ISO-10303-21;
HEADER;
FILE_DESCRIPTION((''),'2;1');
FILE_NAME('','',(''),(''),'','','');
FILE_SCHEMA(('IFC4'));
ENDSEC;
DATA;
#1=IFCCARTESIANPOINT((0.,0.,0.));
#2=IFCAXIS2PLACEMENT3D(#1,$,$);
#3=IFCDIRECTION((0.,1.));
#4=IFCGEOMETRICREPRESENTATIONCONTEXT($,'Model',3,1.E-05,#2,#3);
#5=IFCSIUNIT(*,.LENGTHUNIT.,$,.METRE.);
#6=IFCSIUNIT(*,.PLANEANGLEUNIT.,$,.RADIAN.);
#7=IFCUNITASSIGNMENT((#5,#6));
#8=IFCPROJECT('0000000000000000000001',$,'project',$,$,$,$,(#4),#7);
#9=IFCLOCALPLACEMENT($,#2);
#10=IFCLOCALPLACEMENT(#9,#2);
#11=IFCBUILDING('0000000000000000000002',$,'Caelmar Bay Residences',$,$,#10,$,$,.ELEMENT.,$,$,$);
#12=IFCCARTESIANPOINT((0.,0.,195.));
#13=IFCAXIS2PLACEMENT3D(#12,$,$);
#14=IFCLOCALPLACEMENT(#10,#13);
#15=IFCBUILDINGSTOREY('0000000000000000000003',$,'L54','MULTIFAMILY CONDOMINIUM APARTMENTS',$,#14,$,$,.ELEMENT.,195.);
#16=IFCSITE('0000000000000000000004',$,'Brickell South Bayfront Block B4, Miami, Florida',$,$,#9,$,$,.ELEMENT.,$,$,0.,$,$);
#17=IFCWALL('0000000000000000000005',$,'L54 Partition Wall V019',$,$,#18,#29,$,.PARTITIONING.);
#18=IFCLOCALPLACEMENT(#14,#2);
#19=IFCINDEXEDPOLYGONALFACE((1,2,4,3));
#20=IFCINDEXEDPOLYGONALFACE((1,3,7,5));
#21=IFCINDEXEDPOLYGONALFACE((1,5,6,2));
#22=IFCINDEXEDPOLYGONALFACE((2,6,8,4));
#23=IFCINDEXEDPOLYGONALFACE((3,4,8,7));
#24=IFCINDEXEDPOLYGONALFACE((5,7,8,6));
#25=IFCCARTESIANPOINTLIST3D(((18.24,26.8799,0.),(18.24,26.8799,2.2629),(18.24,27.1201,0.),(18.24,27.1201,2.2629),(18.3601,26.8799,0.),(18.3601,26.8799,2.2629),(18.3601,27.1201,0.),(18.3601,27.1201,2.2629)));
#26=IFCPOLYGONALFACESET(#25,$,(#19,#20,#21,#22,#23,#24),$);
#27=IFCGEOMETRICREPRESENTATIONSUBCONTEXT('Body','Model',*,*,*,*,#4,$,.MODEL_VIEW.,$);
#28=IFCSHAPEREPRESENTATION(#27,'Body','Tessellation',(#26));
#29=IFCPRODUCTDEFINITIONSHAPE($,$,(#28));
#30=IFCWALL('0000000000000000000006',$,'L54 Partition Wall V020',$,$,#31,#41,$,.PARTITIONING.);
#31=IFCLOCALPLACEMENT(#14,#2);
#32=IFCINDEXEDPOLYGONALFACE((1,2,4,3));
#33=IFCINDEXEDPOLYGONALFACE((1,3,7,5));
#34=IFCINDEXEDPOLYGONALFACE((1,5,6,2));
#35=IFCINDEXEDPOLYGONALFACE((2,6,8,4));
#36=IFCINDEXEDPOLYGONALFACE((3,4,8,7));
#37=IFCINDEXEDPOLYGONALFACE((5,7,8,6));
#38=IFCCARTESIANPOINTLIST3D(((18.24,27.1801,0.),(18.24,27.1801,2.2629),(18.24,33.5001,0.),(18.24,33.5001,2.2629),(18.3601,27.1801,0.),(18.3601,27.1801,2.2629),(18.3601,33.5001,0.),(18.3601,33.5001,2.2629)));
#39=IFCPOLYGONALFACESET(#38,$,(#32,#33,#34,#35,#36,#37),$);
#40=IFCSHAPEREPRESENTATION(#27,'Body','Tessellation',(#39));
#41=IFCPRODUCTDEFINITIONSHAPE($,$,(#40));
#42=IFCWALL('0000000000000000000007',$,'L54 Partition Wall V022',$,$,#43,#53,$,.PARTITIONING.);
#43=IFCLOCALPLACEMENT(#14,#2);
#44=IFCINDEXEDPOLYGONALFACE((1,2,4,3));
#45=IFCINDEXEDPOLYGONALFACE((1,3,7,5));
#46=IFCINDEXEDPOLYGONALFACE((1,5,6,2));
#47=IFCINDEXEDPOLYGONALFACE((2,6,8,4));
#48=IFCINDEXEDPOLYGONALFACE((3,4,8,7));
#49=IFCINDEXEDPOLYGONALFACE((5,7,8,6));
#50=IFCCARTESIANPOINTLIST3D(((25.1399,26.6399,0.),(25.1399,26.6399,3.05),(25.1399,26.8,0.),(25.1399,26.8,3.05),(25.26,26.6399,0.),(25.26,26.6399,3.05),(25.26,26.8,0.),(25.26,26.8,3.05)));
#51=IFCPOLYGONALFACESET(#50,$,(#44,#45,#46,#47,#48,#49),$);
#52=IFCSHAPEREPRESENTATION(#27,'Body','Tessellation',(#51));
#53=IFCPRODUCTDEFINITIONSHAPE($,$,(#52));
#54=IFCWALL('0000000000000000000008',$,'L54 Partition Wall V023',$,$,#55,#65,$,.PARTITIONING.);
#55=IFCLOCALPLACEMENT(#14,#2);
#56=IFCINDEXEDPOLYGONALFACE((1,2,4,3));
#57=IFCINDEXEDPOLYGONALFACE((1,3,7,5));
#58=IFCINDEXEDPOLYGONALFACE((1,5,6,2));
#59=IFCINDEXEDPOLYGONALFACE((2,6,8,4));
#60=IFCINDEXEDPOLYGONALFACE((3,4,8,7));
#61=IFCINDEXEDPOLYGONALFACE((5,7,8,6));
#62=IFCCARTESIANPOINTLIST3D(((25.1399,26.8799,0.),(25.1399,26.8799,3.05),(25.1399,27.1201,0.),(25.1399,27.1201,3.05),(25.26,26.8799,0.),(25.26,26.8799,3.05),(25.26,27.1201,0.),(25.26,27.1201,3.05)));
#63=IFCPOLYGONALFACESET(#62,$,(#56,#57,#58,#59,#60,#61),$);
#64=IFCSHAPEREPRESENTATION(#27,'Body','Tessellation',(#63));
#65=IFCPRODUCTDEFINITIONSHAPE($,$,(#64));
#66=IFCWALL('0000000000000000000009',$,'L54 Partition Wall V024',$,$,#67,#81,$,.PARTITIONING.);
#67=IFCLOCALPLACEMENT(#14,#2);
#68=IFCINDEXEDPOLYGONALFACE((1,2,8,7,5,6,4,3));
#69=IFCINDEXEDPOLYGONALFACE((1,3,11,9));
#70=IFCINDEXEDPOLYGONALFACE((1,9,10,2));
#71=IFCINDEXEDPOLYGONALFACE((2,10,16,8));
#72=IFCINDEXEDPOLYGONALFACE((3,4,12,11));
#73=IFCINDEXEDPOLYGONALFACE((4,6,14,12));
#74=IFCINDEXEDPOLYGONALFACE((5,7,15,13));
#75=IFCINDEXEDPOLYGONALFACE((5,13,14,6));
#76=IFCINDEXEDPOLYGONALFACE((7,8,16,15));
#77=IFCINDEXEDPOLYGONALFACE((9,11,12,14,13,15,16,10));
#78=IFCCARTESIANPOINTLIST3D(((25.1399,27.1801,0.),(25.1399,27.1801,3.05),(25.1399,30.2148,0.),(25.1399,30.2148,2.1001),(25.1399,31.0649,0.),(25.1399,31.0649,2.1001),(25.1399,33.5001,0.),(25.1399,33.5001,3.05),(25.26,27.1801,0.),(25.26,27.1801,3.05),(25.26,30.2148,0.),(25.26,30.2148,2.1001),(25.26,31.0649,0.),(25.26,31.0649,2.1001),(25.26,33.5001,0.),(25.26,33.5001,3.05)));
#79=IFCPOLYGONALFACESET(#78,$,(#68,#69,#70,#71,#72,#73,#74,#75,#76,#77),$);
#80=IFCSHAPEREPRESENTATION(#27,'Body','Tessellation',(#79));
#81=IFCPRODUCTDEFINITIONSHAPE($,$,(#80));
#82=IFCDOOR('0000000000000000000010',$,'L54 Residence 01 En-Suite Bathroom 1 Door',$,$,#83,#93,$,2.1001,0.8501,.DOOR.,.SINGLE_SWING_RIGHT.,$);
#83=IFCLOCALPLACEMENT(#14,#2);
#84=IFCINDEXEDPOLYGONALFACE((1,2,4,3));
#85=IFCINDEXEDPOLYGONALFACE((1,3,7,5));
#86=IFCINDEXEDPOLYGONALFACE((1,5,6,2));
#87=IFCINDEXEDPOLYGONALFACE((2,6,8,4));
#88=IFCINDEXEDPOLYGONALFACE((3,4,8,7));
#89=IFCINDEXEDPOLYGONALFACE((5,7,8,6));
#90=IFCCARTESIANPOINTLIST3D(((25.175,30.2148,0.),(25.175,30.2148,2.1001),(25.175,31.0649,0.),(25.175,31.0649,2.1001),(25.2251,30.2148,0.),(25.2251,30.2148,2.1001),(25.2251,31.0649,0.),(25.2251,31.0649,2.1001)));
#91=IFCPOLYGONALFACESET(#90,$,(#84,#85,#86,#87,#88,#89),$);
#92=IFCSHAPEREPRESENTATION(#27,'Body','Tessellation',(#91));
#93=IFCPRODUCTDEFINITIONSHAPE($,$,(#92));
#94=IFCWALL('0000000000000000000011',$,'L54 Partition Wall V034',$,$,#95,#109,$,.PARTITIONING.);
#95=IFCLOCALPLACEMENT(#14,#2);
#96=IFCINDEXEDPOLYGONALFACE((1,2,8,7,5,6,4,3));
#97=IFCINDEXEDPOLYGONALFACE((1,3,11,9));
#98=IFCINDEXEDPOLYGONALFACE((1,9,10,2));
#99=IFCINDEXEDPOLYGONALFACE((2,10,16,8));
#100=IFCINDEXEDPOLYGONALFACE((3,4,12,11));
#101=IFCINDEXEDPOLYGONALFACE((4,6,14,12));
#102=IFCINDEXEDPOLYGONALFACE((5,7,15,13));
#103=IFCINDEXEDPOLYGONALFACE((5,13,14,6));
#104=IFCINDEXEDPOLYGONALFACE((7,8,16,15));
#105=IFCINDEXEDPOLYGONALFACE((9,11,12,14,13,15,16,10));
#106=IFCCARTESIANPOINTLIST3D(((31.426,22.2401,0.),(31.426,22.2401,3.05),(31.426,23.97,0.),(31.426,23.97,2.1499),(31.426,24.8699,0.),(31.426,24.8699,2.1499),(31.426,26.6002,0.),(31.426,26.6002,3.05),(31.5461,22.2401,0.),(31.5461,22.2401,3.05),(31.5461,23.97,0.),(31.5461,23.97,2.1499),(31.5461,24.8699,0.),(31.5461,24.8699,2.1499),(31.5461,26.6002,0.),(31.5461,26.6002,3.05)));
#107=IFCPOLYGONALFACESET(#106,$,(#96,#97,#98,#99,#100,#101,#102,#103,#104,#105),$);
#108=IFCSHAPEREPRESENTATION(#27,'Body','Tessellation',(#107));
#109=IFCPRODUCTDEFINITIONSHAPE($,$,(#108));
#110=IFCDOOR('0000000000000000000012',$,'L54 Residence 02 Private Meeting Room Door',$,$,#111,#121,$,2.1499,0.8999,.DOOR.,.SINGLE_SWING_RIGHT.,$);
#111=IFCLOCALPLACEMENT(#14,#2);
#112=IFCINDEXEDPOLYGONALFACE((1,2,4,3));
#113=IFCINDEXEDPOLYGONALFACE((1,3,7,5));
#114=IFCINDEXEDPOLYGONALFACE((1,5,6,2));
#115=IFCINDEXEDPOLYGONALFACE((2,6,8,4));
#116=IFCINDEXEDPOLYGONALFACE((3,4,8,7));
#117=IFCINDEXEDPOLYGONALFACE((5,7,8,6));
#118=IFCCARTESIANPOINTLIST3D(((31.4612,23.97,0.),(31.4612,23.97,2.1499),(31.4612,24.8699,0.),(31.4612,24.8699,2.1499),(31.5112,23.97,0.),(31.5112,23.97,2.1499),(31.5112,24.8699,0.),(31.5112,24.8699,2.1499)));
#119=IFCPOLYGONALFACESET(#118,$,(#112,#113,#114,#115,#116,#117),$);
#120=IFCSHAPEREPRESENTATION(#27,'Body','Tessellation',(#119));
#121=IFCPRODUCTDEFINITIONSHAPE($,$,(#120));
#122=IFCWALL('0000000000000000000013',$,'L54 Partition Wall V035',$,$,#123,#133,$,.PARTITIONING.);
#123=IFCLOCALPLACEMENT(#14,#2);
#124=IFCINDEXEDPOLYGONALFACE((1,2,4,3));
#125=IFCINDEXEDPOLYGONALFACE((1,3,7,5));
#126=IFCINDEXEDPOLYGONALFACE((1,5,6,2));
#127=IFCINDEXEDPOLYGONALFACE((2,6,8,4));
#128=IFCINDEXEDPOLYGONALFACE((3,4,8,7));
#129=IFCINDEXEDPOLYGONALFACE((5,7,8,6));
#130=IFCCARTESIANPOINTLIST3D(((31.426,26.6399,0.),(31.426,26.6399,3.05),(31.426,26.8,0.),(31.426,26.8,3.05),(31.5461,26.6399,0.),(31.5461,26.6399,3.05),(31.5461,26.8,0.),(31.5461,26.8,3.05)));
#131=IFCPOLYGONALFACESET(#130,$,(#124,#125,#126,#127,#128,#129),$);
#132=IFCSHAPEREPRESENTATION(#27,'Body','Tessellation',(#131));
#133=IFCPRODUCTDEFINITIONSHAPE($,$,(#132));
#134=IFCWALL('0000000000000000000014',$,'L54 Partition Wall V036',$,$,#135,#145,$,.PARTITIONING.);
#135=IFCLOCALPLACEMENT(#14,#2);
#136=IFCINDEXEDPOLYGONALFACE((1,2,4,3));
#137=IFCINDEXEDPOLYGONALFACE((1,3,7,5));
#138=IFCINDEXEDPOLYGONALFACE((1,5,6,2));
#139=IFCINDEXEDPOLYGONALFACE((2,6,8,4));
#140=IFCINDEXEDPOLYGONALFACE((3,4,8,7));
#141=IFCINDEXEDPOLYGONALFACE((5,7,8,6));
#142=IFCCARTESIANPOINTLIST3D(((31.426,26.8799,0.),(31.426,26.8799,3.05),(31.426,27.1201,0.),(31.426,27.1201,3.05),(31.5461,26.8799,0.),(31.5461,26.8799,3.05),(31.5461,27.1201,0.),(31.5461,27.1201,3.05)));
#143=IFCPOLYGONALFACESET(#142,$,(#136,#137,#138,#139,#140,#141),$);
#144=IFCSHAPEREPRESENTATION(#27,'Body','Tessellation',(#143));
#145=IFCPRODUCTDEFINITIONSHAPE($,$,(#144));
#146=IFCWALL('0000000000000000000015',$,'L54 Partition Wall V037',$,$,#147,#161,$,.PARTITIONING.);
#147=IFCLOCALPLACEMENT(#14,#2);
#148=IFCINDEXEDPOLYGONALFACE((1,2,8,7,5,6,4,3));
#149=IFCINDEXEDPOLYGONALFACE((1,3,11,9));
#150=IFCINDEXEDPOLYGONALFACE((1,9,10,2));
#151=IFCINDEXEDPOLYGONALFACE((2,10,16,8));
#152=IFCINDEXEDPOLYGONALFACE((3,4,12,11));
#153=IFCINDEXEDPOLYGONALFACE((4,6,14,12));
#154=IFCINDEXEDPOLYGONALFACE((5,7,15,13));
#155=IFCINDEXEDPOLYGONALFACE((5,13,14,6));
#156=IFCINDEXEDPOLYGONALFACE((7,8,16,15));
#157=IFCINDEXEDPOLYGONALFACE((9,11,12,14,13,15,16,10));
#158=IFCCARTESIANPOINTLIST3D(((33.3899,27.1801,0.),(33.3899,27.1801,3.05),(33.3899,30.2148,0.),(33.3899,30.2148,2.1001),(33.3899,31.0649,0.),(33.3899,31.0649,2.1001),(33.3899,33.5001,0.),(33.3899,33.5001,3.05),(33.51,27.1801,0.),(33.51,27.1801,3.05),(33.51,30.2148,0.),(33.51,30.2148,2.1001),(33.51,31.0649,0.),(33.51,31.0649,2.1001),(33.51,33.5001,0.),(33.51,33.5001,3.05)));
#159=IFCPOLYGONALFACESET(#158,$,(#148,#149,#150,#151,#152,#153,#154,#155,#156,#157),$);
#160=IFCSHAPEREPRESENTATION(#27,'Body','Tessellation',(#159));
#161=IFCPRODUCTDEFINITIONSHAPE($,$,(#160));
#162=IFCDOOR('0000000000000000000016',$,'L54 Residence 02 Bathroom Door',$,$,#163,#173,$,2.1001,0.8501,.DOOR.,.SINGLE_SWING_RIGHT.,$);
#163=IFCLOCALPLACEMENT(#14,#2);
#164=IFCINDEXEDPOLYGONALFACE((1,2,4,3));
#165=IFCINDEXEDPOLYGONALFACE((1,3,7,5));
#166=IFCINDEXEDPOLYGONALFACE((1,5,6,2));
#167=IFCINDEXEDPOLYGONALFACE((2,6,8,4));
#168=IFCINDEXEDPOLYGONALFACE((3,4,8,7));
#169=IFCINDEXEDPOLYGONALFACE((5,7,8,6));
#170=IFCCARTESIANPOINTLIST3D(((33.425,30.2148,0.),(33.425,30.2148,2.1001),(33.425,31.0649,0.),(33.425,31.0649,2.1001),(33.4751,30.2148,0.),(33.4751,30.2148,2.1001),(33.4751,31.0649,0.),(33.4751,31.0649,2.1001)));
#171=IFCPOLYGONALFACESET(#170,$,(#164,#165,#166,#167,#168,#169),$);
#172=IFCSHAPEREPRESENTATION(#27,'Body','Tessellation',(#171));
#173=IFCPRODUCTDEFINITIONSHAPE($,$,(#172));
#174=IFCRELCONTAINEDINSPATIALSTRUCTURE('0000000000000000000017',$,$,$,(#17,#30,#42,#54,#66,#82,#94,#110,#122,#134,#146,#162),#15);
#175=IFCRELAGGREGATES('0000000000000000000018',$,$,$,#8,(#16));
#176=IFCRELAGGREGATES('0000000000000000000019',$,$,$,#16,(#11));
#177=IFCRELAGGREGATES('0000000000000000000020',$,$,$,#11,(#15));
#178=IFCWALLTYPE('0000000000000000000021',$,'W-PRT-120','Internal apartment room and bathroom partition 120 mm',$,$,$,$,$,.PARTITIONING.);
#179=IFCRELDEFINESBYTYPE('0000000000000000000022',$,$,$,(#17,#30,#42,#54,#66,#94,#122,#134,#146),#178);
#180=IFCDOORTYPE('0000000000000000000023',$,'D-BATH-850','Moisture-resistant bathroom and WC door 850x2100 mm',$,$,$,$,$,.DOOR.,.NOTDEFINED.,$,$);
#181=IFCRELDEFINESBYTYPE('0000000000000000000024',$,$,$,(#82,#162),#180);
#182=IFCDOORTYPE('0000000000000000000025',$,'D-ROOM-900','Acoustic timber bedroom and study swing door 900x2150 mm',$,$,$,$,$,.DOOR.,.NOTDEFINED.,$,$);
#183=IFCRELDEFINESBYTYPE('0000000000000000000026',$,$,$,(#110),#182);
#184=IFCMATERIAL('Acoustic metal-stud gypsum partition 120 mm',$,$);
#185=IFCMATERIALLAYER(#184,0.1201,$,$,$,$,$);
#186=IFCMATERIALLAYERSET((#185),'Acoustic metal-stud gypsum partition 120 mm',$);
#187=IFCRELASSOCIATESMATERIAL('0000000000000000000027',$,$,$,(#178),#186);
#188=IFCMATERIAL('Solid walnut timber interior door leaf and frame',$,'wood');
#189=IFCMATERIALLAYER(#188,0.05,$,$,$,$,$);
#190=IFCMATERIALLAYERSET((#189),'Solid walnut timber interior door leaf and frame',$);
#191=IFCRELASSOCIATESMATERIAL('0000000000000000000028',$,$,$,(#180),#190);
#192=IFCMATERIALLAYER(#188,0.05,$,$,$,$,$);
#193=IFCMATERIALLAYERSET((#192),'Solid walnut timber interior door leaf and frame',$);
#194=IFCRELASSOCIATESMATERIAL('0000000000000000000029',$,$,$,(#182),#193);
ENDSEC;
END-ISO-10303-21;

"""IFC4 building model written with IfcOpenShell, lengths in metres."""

from ifc_helpers import new_model, si_unit, direction, frame, frame_2d, origin, place, context, subcontext, project, spatial, rectangle, extrude, material, layer, layer_set, type_object, element, fill, save


model = new_model("IFC4")

# Units and contexts
model_context = context("Model", 3, precision=1e-05, world=origin(), true_north=direction((0.0, 1.0)))
body_context = subcontext(model_context, "Body", "Model", "MODEL_VIEW")
ifc_project = project(units=[si_unit("LENGTHUNIT", "METRE"), si_unit("PLANEANGLEUNIT", "RADIAN")], contexts=[model_context])

# Site, building, storey
site_placement = place(None, origin())
site = spatial("IfcSite", under=ifc_project, at=site_placement, Name="Brickell South Bayfront Block B4, Miami, Florida", CompositionType="ELEMENT", RefElevation=0.0)
building_placement = place(site_placement, origin())
building = spatial("IfcBuilding", under=site, at=building_placement, Name="Caelmar Bay Residences", CompositionType="ELEMENT")
storey_placement = place(building_placement, frame((0.0, 0.0, 195.0)))
storey = spatial("IfcBuildingStorey", under=building, at=storey_placement, Name="L54", Description="MULTIFAMILY CONDOMINIUM APARTMENTS", CompositionType="ELEMENT", Elevation=195.0)

# Walls
ifc_material_1 = material(Name="Acoustic metal-stud gypsum partition 120 mm")
ifc_layer_1 = layer(ifc_material_1, 0.1201)
ifc_layer_set_1 = layer_set([ifc_layer_1], Name="Acoustic metal-stud gypsum partition 120 mm")
wall_type_1 = type_object("IfcWallType", Name="W-PRT-120", Description="Internal apartment room and bathroom partition 120 mm", PredefinedType="PARTITIONING", material=ifc_layer_set_1)
wall_1_placement = place(storey_placement, frame((18.3, 26.8799, 0.0), z_axis=(0.0, 0.0, 1.0), x_axis=(0.0, 1.0, 0.0)))
element("IfcWall", 1, at=wall_1_placement, inside=storey, type_object=wall_type_1, Name="L54 Partition Wall V019", PredefinedType="PARTITIONING", context=body_context, shape_type="SweptSolid", body=[
    extrude(rectangle(XDim=0.2402, YDim=0.1201, at=frame_2d((0.1201, 0.0))), origin(), (0.0, 0.0, 1.0), 2.2629),
])
wall_2_placement = place(storey_placement, frame((18.3, 27.1799, 0.0), z_axis=(0.0, 0.0, 1.0), x_axis=(0.0, 1.0, 0.0)))
element("IfcWall", 2, at=wall_2_placement, inside=storey, type_object=wall_type_1, Name="L54 Partition Wall V020", PredefinedType="PARTITIONING", context=body_context, shape_type="SweptSolid", body=[
    extrude(rectangle(XDim=6.3201, YDim=0.1201, at=frame_2d((3.1602, 0.0))), origin(), (0.0, 0.0, 1.0), 2.2629),
])
wall_3_placement = place(storey_placement, frame((25.2, 26.6399, 0.0), z_axis=(0.0, 0.0, 1.0), x_axis=(0.0, 1.0, 0.0)))
element("IfcWall", 3, at=wall_3_placement, inside=storey, type_object=wall_type_1, Name="L54 Partition Wall V022", PredefinedType="PARTITIONING", context=body_context, shape_type="SweptSolid", body=[
    extrude(rectangle(XDim=0.1602, YDim=0.1201, at=frame_2d((0.0801, 0.0))), origin(), (0.0, 0.0, 1.0), 3.05),
])
wall_4_placement = place(storey_placement, frame((25.2, 26.8799, 0.0), z_axis=(0.0, 0.0, 1.0), x_axis=(0.0, 1.0, 0.0)))
element("IfcWall", 4, at=wall_4_placement, inside=storey, type_object=wall_type_1, Name="L54 Partition Wall V023", PredefinedType="PARTITIONING", context=body_context, shape_type="SweptSolid", body=[
    extrude(rectangle(XDim=0.2402, YDim=0.1201, at=frame_2d((0.1201, 0.0))), origin(), (0.0, 0.0, 1.0), 3.05),
])

# Walls, openings, doors
wall_5_placement = place(storey_placement, frame((25.2, 27.1799, 0.0), z_axis=(0.0, 0.0, 1.0), x_axis=(0.0, 1.0, 0.0)))
wall_5 = element("IfcWall", 5, at=wall_5_placement, inside=storey, type_object=wall_type_1, Name="L54 Partition Wall V024", PredefinedType="PARTITIONING", context=body_context, shape_type="SweptSolid", body=[
    extrude(rectangle(XDim=6.3201, YDim=0.1201, at=frame_2d((3.1602, 0.0))), origin(), (0.0, 0.0, 1.0), 3.05),
])
opening_1_placement = place(wall_5_placement, frame((3.0349, 0.0, 0.0)))
opening_1 = element("IfcOpeningElement", 6, at=opening_1_placement, cuts=wall_5, PredefinedType="OPENING", context=body_context, shape_type="SweptSolid", body=[
    extrude(rectangle(XDim=0.8501, YDim=2.1001, at=frame_2d((0.425, 1.05))), frame((0.0, 0.0701, 0.0), z_axis=(0.0, -1.0, 0.0), x_axis=(1.0, 0.0, 0.0)), (0.0, 0.0, 1.0), 0.1401),
])
ifc_material_2 = material(Name="Solid walnut timber interior door leaf and frame", Category="wood")
ifc_layer_2 = layer(ifc_material_2, 0.05)
ifc_layer_set_2 = layer_set([ifc_layer_2], Name="Solid walnut timber interior door leaf and frame")
door_type_1 = type_object("IfcDoorType", Name="D-BATH-850", Description="Moisture-resistant bathroom and WC door 850x2100 mm", OperationType="NOTDEFINED", PredefinedType="DOOR", material=ifc_layer_set_2)
door_1_placement = place(opening_1_placement, origin())
door_1 = element("IfcDoor", 7, at=door_1_placement, inside=storey, type_object=door_type_1, Name="L54 Residence 01 En-Suite Bathroom 1 Door", OperationType="SINGLE_SWING_RIGHT", OverallHeight=2.1001, OverallWidth=0.8501, PredefinedType="DOOR", context=body_context, shape_type="SweptSolid", body=[
    extrude(rectangle(XDim=0.8501, YDim=2.1001, at=frame_2d((0.425, 1.05))), frame((0.0, 0.0249, 0.0), z_axis=(0.0, -1.0, 0.0), x_axis=(1.0, 0.0, 0.0)), (0.0, 0.0, 1.0), 0.05),
])
fill(opening_1, door_1)
wall_6_placement = place(storey_placement, frame((31.4861, 22.24, 0.0), z_axis=(0.0, 0.0, 1.0), x_axis=(0.0, 1.0, 0.0)))
wall_6 = element("IfcWall", 8, at=wall_6_placement, inside=storey, type_object=wall_type_1, Name="L54 Partition Wall V034", PredefinedType="PARTITIONING", context=body_context, shape_type="SweptSolid", body=[
    extrude(rectangle(XDim=4.3601, YDim=0.1201, at=frame_2d((2.1802, 0.0))), origin(), (0.0, 0.0, 1.0), 3.05),
])
opening_2_placement = place(wall_6_placement, frame((1.73, 0.0, 0.0)))
opening_2 = element("IfcOpeningElement", 9, at=opening_2_placement, cuts=wall_6, PredefinedType="OPENING", context=body_context, shape_type="SweptSolid", body=[
    extrude(rectangle(XDim=0.8999, YDim=2.1499, at=frame_2d((0.45, 1.075))), frame((0.0, 0.0701, 0.0), z_axis=(0.0, -1.0, 0.0), x_axis=(1.0, 0.0, 0.0)), (0.0, 0.0, 1.0), 0.1401),
])
ifc_layer_3 = layer(ifc_material_2, 0.05)
ifc_layer_set_3 = layer_set([ifc_layer_3], Name="Solid walnut timber interior door leaf and frame")
door_type_2 = type_object("IfcDoorType", Name="D-ROOM-900", Description="Acoustic timber bedroom and study swing door 900x2150 mm", OperationType="NOTDEFINED", PredefinedType="DOOR", material=ifc_layer_set_3)
door_2_placement = place(opening_2_placement, origin())
door_2 = element("IfcDoor", 10, at=door_2_placement, inside=storey, type_object=door_type_2, Name="L54 Residence 02 Private Meeting Room Door", OperationType="SINGLE_SWING_RIGHT", OverallHeight=2.1499, OverallWidth=0.8999, PredefinedType="DOOR", context=body_context, shape_type="SweptSolid", body=[
    extrude(rectangle(XDim=0.8999, YDim=2.1499, at=frame_2d((0.45, 1.075))), frame((0.0, 0.0249, 0.0), z_axis=(0.0, -1.0, 0.0), x_axis=(1.0, 0.0, 0.0)), (0.0, 0.0, 1.0), 0.05),
])
fill(opening_2, door_2)

# Walls
wall_7_placement = place(storey_placement, frame((31.4861, 26.6399, 0.0), z_axis=(0.0, 0.0, 1.0), x_axis=(0.0, 1.0, 0.0)))
element("IfcWall", 11, at=wall_7_placement, inside=storey, type_object=wall_type_1, Name="L54 Partition Wall V035", PredefinedType="PARTITIONING", context=body_context, shape_type="SweptSolid", body=[
    extrude(rectangle(XDim=0.1602, YDim=0.1201, at=frame_2d((0.0801, 0.0))), origin(), (0.0, 0.0, 1.0), 3.05),
])
wall_8_placement = place(storey_placement, frame((31.4861, 26.8799, 0.0), z_axis=(0.0, 0.0, 1.0), x_axis=(0.0, 1.0, 0.0)))
element("IfcWall", 12, at=wall_8_placement, inside=storey, type_object=wall_type_1, Name="L54 Partition Wall V036", PredefinedType="PARTITIONING", context=body_context, shape_type="SweptSolid", body=[
    extrude(rectangle(XDim=0.2402, YDim=0.1201, at=frame_2d((0.1201, 0.0))), origin(), (0.0, 0.0, 1.0), 3.05),
])

# Wall, opening, door
wall_9_placement = place(storey_placement, frame((33.45, 27.1799, 0.0), z_axis=(0.0, 0.0, 1.0), x_axis=(0.0, 1.0, 0.0)))
wall_9 = element("IfcWall", 13, at=wall_9_placement, inside=storey, type_object=wall_type_1, Name="L54 Partition Wall V037", PredefinedType="PARTITIONING", context=body_context, shape_type="SweptSolid", body=[
    extrude(rectangle(XDim=6.3201, YDim=0.1201, at=frame_2d((3.1602, 0.0))), origin(), (0.0, 0.0, 1.0), 3.05),
])
opening_3_placement = place(wall_9_placement, frame((3.0349, 0.0, 0.0)))
opening_3 = element("IfcOpeningElement", 14, at=opening_3_placement, cuts=wall_9, PredefinedType="OPENING", context=body_context, shape_type="SweptSolid", body=[
    extrude(rectangle(XDim=0.8501, YDim=2.1001, at=frame_2d((0.425, 1.05))), frame((0.0, 0.0701, 0.0), z_axis=(0.0, -1.0, 0.0), x_axis=(1.0, 0.0, 0.0)), (0.0, 0.0, 1.0), 0.1401),
])
door_3_placement = place(opening_3_placement, origin())
door_3 = element("IfcDoor", 15, at=door_3_placement, inside=storey, type_object=door_type_1, Name="L54 Residence 02 Bathroom Door", OperationType="SINGLE_SWING_RIGHT", OverallHeight=2.1001, OverallWidth=0.8501, PredefinedType="DOOR", context=body_context, shape_type="SweptSolid", body=[
    extrude(rectangle(XDim=0.8501, YDim=2.1001, at=frame_2d((0.425, 1.05))), frame((0.0, 0.0249, 0.0), z_axis=(0.0, -1.0, 0.0), x_axis=(1.0, 0.0, 0.0)), (0.0, 0.0, 1.0), 0.05),
])
fill(opening_3, door_3)

save(model, "model.ifc")
